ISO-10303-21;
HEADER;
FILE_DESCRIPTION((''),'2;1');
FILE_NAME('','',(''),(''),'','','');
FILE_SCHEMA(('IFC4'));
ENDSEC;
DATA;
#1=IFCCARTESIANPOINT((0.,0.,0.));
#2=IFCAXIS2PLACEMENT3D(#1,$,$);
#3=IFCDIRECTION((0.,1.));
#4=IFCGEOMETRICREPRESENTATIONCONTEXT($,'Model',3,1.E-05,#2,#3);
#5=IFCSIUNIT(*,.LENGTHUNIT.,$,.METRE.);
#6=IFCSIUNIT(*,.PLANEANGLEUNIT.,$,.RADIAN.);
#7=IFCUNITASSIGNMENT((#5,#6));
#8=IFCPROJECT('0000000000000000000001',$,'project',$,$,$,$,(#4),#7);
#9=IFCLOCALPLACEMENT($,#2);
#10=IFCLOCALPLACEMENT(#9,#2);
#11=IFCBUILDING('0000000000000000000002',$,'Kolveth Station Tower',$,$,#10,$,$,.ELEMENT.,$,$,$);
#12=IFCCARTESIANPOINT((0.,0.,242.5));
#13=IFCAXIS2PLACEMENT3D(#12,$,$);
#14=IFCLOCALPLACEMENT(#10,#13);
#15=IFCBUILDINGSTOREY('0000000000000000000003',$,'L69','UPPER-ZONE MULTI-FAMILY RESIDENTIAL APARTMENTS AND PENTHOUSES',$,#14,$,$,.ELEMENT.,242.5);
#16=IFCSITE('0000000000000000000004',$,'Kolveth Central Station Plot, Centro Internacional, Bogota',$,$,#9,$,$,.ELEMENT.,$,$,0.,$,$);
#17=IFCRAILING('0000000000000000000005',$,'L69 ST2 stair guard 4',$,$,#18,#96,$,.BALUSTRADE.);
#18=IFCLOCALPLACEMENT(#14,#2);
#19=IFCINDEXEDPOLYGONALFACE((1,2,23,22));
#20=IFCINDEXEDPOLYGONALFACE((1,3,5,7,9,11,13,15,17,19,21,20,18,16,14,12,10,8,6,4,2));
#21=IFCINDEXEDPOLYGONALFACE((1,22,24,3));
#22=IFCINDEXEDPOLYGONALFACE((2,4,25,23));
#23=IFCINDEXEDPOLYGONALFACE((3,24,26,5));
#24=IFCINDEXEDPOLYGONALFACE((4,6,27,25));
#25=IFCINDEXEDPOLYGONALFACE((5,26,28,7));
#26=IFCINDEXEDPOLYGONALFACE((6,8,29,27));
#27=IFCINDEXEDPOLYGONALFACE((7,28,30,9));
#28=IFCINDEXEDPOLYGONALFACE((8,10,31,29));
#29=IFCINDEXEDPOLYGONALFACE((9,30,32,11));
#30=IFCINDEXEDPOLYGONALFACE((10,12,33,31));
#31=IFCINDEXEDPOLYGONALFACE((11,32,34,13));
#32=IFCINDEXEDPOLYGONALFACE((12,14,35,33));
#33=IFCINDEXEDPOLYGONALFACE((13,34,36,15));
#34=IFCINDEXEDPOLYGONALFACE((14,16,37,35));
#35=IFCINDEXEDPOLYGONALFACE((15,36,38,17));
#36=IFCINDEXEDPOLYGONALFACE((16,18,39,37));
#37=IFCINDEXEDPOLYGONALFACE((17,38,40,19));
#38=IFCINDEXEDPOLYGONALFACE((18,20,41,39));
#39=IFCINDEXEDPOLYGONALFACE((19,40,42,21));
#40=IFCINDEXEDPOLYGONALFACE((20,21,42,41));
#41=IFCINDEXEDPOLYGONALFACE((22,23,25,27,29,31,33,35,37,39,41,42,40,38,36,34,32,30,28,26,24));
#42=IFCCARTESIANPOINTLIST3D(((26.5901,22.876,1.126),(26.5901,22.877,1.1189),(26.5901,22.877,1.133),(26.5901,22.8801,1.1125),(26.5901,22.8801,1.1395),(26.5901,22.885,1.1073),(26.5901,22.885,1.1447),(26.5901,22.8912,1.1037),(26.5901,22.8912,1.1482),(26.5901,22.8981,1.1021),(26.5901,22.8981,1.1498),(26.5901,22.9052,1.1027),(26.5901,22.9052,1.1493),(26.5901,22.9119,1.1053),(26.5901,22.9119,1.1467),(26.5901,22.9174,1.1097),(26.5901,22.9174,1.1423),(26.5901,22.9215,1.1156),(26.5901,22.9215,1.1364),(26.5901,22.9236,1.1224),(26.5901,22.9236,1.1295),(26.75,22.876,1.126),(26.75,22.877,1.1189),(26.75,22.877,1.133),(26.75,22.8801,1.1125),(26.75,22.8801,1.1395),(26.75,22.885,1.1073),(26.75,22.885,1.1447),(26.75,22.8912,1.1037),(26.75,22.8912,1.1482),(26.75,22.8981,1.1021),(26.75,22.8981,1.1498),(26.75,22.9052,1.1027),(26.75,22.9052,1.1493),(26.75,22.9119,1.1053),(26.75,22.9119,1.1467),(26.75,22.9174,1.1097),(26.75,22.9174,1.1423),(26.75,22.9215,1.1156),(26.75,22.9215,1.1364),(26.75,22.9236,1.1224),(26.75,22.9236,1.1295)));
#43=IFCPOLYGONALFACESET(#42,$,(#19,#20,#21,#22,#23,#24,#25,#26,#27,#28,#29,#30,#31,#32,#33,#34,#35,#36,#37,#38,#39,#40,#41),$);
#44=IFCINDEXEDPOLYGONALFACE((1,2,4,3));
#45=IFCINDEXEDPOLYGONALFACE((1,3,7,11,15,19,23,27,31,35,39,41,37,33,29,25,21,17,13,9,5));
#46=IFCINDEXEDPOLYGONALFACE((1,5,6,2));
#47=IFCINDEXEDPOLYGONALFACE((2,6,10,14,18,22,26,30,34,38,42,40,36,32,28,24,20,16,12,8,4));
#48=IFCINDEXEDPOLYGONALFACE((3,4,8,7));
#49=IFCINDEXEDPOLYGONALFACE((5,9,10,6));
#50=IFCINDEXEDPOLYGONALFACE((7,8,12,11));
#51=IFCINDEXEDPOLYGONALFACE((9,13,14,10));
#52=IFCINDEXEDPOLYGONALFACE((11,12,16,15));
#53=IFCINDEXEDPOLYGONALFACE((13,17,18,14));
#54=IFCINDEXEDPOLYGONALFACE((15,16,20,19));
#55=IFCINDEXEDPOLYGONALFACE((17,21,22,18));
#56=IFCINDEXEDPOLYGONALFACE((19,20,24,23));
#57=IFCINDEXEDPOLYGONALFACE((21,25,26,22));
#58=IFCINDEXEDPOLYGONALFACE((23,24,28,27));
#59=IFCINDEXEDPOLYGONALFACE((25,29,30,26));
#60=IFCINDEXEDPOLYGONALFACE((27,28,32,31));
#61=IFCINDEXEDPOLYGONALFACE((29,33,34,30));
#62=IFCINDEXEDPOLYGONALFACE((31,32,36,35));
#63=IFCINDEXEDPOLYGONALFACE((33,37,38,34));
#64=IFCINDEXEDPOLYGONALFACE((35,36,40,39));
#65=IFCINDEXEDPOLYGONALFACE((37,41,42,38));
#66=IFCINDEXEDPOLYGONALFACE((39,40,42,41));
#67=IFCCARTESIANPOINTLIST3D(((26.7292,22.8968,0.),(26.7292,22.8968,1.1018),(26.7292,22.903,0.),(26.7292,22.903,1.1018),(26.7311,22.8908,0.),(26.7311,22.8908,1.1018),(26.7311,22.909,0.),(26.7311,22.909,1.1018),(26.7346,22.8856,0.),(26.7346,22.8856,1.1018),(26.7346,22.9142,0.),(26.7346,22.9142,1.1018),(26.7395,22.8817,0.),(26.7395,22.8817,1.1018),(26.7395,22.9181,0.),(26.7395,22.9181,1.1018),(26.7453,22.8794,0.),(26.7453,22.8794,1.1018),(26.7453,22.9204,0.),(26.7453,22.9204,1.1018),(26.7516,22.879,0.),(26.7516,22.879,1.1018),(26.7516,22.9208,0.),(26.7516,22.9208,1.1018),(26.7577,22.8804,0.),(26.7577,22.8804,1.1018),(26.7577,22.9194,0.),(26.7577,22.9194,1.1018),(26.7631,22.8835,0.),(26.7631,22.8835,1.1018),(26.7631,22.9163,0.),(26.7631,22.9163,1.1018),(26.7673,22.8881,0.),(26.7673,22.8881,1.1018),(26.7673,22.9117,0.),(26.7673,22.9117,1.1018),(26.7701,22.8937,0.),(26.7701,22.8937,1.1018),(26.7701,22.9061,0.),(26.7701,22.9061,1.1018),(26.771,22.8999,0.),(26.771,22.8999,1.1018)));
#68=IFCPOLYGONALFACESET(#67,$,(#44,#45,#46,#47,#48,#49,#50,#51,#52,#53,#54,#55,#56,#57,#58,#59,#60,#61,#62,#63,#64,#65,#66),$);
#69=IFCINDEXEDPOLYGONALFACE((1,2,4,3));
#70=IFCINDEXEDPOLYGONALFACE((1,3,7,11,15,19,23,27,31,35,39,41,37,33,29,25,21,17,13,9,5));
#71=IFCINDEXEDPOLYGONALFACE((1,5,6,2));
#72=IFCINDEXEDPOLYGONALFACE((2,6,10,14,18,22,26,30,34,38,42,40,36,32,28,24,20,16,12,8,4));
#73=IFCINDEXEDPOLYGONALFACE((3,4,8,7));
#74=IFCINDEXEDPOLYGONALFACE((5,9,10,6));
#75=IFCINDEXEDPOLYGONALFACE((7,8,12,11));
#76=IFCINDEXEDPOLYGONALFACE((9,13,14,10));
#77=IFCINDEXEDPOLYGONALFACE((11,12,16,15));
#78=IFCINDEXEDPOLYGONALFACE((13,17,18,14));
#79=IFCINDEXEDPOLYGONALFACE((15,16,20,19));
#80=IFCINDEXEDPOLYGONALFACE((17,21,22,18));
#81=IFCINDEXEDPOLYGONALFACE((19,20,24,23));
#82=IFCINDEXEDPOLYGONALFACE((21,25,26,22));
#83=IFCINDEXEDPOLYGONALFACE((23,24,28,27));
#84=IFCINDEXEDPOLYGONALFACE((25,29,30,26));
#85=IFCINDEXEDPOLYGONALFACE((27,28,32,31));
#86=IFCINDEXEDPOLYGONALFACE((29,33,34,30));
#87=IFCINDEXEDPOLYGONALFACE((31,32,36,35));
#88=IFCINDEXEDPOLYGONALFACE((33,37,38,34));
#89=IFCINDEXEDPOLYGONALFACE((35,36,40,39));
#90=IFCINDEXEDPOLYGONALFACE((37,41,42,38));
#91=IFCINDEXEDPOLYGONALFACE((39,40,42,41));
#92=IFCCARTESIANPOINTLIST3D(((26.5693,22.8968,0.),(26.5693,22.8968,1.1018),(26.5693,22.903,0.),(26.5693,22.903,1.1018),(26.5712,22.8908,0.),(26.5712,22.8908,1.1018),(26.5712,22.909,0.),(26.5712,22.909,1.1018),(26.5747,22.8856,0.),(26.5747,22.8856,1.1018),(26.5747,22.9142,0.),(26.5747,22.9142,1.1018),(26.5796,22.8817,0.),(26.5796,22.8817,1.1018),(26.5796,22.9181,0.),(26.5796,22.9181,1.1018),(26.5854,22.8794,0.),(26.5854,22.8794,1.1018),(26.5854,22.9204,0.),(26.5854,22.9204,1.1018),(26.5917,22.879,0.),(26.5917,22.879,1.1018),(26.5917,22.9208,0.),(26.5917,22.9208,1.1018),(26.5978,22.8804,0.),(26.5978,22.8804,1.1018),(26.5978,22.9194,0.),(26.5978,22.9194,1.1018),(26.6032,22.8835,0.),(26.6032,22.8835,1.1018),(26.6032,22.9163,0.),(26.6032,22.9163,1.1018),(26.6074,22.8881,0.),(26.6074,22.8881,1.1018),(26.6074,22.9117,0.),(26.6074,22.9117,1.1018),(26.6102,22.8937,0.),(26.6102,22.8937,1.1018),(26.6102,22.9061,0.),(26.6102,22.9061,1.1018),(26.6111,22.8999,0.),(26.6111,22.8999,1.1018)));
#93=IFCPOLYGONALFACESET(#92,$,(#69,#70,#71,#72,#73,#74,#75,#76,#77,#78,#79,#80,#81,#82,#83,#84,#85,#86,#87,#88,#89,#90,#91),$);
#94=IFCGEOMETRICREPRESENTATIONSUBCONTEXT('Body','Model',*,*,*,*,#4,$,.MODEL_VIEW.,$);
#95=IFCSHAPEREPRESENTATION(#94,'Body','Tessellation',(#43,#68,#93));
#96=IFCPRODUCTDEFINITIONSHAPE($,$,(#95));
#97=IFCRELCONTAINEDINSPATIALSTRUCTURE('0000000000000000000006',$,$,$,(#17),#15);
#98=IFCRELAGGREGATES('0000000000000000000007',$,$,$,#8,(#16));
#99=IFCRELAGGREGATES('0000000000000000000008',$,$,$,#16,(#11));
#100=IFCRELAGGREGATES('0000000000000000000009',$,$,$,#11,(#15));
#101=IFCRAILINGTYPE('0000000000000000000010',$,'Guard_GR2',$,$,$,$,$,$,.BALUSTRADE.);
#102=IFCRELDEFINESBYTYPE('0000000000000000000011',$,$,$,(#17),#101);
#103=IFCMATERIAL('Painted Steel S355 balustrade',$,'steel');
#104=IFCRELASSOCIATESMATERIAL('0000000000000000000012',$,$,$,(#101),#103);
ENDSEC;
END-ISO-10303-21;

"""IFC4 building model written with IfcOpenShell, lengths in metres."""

from ifc_helpers import new_model, si_unit, direction, frame, origin, origin_2d, place, context, subcontext, project, spatial, circle, extrude, material, type_object, element, save


model = new_model("IFC4")

# Units and contexts
model_context = context("Model", 3, precision=1e-05, world=origin(), true_north=direction((0.0, 1.0)))
body_context = subcontext(model_context, "Body", "Model", "MODEL_VIEW")
ifc_project = project(units=[si_unit("LENGTHUNIT", "METRE"), si_unit("PLANEANGLEUNIT", "RADIAN")], contexts=[model_context])

# Site, building, storey
site_placement = place(None, origin())
site = spatial("IfcSite", under=ifc_project, at=site_placement, Name="Kolveth Central Station Plot, Centro Internacional, Bogota", CompositionType="ELEMENT", RefElevation=0.0)
building_placement = place(site_placement, origin())
building = spatial("IfcBuilding", under=site, at=building_placement, Name="Kolveth Station Tower", CompositionType="ELEMENT")
storey_placement = place(building_placement, frame((0.0, 0.0, 242.5)))
storey = spatial("IfcBuildingStorey", under=building, at=storey_placement, Name="L69", Description="UPPER-ZONE MULTI-FAMILY RESIDENTIAL APARTMENTS AND PENTHOUSES", CompositionType="ELEMENT", Elevation=242.5)

# Railing
ifc_material_1 = material(Name="Painted Steel S355 balustrade", Category="steel")
railing_type_1 = type_object("IfcRailingType", Name="Guard_GR2", PredefinedType="BALUSTRADE", material=ifc_material_1)
railing_1_placement = place(storey_placement, frame((26.75, 22.8999, 0.0)))
element("IfcRailing", 1, at=railing_1_placement, inside=storey, type_object=railing_type_1, Name="L69 ST2 stair guard 4", PredefinedType="BALUSTRADE", context=body_context, shape_type="SweptSolid", body=[
    extrude(circle(Radius=0.0239, at=origin_2d()), frame((0.0, 0.0, 1.126), z_axis=(-1.0, 0.0, 0.0), x_axis=(0.0, -1.0, 0.0)), (0.0, 0.0, 1.0), 0.1599),
    extrude(circle(Radius=0.021, at=origin_2d()), origin(), (0.0, 0.0, 1.0), 1.1018),
    extrude(circle(Radius=0.021, at=origin_2d()), frame((-0.1599, 0.0, 0.0)), (0.0, 0.0, 1.0), 1.1018),
])

save(model, "model.ifc")
